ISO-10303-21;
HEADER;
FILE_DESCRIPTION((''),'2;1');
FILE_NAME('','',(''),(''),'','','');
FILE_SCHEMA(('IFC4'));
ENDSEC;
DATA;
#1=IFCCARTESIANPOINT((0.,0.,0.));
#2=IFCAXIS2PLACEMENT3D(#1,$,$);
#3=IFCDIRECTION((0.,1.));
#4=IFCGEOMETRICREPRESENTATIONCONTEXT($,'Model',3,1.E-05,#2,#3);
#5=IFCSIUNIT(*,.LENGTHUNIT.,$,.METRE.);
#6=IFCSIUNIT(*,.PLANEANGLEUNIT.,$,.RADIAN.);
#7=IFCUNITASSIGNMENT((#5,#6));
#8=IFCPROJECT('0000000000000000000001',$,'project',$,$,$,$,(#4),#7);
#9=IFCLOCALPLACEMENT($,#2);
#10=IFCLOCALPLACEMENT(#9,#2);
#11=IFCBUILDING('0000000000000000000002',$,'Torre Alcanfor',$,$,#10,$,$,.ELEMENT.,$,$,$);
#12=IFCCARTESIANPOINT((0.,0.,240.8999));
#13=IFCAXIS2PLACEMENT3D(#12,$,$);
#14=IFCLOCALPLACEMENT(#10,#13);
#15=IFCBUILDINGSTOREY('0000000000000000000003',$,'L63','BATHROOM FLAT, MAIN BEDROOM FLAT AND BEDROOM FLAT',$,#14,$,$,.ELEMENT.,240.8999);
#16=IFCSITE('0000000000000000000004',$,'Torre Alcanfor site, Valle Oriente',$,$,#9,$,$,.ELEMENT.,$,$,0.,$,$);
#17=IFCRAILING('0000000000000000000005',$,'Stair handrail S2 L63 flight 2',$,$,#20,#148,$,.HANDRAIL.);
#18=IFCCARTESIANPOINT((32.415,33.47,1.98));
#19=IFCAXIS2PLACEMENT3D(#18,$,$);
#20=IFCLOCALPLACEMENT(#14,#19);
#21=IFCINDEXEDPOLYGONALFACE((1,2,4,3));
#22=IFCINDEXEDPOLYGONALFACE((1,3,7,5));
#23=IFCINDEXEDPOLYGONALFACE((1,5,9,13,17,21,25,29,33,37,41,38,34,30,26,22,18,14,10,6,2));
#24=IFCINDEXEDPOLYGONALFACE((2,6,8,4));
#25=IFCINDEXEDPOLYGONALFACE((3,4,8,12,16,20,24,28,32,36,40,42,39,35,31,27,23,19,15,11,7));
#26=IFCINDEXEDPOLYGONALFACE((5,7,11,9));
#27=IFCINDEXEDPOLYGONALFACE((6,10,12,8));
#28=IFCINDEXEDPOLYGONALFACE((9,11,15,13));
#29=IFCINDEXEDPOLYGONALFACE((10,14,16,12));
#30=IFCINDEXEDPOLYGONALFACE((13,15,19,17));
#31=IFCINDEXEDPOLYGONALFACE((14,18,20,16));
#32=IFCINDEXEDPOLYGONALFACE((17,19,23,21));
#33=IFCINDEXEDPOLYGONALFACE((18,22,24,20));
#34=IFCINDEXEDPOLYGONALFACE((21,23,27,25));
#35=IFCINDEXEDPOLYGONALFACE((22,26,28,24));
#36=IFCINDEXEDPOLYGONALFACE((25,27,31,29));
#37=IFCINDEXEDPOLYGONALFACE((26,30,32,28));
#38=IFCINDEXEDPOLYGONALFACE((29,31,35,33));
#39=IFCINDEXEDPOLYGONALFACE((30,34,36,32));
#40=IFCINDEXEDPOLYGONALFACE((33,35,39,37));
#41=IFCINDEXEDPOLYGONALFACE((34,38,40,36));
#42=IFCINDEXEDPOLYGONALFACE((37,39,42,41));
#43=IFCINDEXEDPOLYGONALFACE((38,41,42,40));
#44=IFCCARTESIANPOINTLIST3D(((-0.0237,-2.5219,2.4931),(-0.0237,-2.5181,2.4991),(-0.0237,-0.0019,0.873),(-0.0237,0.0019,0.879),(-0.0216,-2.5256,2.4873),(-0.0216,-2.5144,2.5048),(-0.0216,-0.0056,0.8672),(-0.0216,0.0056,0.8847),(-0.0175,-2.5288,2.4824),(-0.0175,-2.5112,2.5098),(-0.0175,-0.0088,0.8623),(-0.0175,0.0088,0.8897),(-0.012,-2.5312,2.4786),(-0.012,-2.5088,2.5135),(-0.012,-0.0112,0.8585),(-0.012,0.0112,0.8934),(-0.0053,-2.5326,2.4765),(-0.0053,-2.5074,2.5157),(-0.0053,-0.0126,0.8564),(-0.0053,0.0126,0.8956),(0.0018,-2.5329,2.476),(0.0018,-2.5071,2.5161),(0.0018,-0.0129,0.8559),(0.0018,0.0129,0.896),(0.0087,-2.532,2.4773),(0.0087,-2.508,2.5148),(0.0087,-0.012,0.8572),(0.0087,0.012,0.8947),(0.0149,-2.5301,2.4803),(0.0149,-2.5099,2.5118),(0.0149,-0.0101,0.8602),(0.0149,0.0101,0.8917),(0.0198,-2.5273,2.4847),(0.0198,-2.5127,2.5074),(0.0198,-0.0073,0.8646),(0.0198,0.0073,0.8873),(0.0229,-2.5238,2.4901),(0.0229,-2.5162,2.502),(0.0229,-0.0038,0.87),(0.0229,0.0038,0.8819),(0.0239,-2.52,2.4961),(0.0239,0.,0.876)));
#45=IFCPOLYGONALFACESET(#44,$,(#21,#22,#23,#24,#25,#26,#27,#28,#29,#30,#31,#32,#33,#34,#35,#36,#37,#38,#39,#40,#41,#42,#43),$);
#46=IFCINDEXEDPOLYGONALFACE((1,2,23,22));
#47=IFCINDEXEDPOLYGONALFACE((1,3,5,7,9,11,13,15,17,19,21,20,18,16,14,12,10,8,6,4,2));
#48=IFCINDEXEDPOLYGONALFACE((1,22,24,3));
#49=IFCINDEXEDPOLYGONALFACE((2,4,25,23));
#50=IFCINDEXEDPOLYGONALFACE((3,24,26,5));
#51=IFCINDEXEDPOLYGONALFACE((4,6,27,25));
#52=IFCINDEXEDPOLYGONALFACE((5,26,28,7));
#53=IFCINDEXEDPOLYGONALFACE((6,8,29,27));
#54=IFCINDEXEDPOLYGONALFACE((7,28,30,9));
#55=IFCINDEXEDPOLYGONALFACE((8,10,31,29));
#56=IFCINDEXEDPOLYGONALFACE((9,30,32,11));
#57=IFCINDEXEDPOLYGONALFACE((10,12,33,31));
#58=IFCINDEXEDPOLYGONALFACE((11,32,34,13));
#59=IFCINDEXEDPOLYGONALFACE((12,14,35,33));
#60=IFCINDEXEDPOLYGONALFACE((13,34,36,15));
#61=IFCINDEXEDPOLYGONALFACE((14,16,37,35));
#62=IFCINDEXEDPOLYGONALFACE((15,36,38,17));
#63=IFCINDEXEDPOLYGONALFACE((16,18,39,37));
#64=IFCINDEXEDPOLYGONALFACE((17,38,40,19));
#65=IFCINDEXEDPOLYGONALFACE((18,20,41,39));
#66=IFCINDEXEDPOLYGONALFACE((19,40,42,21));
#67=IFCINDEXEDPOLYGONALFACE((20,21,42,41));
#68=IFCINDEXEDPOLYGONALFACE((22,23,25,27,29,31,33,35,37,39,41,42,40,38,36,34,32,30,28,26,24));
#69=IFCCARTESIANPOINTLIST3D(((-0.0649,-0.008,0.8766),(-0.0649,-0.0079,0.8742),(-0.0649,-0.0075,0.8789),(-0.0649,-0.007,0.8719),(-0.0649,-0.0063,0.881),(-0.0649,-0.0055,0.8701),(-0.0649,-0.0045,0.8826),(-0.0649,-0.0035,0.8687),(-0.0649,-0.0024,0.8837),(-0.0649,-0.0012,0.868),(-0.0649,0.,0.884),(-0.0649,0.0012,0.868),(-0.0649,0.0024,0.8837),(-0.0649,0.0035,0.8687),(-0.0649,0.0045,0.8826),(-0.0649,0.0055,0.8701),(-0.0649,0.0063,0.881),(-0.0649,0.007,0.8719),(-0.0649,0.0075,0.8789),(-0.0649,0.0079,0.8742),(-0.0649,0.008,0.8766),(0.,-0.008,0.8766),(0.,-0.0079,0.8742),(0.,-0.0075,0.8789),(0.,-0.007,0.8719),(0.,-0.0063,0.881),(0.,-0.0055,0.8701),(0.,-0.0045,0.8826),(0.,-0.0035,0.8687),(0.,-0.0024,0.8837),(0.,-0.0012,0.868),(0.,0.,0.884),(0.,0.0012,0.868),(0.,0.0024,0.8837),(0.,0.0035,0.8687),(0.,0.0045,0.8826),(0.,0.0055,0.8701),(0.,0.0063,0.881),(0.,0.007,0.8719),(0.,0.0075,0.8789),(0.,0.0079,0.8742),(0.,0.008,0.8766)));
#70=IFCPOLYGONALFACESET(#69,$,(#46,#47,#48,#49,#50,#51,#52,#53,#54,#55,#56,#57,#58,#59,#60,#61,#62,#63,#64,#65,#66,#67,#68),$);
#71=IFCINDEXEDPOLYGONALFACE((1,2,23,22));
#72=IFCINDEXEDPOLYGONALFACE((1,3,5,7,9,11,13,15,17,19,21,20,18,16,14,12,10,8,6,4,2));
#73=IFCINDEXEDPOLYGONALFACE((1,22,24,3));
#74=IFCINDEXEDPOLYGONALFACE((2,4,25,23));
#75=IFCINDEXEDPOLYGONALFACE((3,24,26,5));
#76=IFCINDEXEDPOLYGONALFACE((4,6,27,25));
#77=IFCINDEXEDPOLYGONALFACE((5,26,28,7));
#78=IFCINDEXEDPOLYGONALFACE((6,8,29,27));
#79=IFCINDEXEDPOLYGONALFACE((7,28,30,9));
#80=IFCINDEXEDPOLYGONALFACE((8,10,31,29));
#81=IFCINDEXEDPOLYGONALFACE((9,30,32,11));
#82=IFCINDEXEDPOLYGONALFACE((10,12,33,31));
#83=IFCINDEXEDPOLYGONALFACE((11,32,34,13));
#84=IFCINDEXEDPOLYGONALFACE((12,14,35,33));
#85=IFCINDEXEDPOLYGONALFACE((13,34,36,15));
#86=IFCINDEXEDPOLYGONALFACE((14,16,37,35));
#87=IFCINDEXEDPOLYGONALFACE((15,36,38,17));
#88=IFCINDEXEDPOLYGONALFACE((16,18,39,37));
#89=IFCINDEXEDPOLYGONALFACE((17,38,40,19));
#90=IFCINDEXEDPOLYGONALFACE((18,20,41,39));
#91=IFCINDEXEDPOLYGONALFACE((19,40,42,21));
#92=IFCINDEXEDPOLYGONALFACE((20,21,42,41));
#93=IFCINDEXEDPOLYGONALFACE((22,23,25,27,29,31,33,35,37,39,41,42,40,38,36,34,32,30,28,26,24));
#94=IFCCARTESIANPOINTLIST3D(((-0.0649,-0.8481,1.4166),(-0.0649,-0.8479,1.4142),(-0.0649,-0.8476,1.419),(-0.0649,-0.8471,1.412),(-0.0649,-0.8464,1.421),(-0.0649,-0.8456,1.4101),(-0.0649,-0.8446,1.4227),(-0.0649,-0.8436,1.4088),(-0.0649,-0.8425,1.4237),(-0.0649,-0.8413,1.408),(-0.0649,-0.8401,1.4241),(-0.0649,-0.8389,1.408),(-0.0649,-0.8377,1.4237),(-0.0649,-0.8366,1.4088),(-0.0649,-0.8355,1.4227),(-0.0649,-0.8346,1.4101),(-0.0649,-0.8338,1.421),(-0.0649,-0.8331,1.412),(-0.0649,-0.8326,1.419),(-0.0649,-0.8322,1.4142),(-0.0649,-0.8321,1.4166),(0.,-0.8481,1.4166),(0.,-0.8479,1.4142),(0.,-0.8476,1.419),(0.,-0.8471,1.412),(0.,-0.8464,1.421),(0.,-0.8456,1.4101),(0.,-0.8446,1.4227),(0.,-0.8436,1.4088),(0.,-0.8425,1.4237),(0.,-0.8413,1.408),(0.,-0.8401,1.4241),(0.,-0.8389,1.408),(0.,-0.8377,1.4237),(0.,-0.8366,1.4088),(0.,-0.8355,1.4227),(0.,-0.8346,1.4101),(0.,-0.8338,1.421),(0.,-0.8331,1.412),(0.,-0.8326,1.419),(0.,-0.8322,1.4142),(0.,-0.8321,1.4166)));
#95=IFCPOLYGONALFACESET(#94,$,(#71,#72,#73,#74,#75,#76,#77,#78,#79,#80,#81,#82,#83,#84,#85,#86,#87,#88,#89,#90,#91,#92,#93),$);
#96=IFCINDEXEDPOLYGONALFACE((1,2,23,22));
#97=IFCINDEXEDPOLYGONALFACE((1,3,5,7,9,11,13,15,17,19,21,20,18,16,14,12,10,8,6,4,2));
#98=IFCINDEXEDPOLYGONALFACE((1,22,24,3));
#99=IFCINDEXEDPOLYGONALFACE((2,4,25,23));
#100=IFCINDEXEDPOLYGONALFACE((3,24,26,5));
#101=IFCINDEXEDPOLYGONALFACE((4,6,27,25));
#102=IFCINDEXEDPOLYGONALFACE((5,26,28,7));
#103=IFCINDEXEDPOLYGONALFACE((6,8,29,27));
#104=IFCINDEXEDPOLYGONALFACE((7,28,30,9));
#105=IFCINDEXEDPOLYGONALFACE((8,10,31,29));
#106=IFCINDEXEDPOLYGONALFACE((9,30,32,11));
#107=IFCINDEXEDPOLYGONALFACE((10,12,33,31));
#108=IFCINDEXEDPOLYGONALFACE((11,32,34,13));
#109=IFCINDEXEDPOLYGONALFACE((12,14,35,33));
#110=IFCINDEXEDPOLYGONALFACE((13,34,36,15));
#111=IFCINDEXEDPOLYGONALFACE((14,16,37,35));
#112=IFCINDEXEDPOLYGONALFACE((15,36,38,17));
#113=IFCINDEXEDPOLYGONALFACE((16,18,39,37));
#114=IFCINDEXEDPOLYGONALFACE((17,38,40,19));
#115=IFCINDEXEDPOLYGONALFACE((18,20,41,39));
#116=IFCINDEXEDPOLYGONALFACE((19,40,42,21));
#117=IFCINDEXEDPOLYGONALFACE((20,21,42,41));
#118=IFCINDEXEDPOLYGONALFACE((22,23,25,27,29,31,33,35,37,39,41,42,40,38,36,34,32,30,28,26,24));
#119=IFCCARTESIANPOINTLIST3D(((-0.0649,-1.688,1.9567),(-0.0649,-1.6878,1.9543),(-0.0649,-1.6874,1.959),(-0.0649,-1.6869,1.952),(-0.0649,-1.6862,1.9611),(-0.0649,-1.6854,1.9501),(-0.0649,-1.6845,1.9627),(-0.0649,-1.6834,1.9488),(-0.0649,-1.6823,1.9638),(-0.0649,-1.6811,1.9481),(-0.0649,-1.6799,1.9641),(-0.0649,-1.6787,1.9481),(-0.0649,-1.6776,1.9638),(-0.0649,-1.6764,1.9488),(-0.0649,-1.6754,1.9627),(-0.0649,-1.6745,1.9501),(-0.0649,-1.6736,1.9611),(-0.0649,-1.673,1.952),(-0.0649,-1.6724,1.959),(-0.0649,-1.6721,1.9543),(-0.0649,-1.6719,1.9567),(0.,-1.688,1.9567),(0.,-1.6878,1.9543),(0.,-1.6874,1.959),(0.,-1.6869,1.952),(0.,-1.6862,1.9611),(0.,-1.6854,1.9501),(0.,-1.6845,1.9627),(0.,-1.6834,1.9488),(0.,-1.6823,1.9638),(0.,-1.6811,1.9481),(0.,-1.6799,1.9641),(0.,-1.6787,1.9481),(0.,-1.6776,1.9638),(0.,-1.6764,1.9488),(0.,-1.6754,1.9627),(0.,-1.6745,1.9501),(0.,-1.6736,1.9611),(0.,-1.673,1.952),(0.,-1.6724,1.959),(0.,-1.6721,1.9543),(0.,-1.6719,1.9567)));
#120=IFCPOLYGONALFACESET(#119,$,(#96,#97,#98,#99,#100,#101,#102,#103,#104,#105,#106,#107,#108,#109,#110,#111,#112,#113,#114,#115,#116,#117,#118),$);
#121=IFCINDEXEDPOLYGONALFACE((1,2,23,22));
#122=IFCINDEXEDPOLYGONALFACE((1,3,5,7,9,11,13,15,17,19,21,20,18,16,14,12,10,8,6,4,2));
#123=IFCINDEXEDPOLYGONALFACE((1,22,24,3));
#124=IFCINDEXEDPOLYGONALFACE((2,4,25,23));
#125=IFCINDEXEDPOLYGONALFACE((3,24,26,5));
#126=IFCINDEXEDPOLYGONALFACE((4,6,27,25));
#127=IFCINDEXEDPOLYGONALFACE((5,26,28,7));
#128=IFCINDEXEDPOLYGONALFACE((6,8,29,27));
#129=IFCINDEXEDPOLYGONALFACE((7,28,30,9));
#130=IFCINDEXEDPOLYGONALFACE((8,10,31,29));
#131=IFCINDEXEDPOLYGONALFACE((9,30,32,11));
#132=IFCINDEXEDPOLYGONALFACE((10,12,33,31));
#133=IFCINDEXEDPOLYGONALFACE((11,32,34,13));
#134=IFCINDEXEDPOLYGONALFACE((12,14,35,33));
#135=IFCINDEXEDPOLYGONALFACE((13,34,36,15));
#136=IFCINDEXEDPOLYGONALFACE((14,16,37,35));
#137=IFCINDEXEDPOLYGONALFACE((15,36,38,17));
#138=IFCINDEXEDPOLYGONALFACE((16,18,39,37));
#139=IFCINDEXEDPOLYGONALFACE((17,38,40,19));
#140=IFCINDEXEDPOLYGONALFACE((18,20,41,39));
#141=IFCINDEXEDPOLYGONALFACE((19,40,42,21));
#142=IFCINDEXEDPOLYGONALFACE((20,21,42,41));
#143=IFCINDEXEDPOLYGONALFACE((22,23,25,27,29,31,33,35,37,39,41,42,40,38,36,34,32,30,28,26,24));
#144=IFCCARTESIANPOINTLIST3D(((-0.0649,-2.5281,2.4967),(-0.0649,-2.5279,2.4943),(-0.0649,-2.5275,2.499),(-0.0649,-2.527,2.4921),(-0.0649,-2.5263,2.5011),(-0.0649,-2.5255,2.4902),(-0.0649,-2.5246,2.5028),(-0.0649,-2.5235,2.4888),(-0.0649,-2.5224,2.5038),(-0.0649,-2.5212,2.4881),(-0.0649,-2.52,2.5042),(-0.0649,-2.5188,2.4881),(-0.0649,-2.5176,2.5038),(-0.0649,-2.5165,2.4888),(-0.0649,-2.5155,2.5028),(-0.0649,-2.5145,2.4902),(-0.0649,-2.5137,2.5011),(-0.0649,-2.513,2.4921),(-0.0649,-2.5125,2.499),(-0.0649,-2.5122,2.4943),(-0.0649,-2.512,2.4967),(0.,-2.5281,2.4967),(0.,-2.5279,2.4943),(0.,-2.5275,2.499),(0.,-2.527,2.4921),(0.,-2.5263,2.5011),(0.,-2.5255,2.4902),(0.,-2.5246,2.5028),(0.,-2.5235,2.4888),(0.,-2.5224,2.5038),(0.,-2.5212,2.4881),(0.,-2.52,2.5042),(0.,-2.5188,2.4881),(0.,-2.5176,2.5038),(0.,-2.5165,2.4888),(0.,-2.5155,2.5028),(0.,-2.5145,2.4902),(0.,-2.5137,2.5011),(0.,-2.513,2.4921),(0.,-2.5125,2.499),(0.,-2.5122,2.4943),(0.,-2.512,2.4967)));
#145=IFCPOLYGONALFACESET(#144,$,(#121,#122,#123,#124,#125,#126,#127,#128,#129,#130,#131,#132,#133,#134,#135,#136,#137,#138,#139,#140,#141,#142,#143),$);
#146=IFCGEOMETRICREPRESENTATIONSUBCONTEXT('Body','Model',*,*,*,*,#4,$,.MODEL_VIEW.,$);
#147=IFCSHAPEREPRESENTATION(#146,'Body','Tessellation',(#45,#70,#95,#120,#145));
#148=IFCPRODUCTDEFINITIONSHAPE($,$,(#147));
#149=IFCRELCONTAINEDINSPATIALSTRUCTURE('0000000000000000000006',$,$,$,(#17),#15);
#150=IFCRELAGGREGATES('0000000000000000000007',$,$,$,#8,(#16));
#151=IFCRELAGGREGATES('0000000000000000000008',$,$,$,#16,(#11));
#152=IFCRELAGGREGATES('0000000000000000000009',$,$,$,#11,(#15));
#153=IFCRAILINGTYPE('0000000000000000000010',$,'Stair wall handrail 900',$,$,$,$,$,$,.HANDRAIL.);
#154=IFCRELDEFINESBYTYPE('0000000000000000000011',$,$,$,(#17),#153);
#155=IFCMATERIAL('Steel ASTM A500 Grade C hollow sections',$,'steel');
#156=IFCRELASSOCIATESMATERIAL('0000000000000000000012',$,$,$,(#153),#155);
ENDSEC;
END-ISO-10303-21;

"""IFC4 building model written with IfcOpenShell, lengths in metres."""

from ifc_helpers import new_model, si_unit, direction, frame, origin, origin_2d, place, context, subcontext, project, spatial, circle, extrude, material, type_object, element, save


model = new_model("IFC4")

# Units and contexts
model_context = context("Model", 3, precision=1e-05, world=origin(), true_north=direction((0.0, 1.0)))
body_context = subcontext(model_context, "Body", "Model", "MODEL_VIEW")
ifc_project = project(units=[si_unit("LENGTHUNIT", "METRE"), si_unit("PLANEANGLEUNIT", "RADIAN")], contexts=[model_context])

# Site, building, storey
site_placement = place(None, origin())
site = spatial("IfcSite", under=ifc_project, at=site_placement, Name="Torre Alcanfor site, Valle Oriente", CompositionType="ELEMENT", RefElevation=0.0)
building_placement = place(site_placement, origin())
building = spatial("IfcBuilding", under=site, at=building_placement, Name="Torre Alcanfor", CompositionType="ELEMENT")
storey_placement = place(building_placement, frame((0.0, 0.0, 240.8999)))
storey = spatial("IfcBuildingStorey", under=building, at=storey_placement, Name="L63", Description="BATHROOM FLAT, MAIN BEDROOM FLAT AND BEDROOM FLAT", CompositionType="ELEMENT", Elevation=240.8999)

# Railing
ifc_material_1 = material(Name="Steel ASTM A500 Grade C hollow sections", Category="steel")
railing_type_1 = type_object("IfcRailingType", Name="Stair wall handrail 900", PredefinedType="HANDRAIL", material=ifc_material_1)
railing_1_placement = place(storey_placement, frame((32.415, 33.47, 1.98)))
element("IfcRailing", 1, at=railing_1_placement, inside=storey, type_object=railing_type_1, Name="Stair handrail S2 L63 flight 2", PredefinedType="HANDRAIL", context=body_context, shape_type="SweptSolid", body=[
    extrude(circle(Radius=0.0239, at=origin_2d()), frame((0.0, 0.0, 0.876), z_axis=(0.0, -0.841163, 0.540782), x_axis=(1.0, 0.0, 0.0)), (0.0, 0.0, 1.0), 2.9958),
    extrude(circle(Radius=0.0081, at=origin_2d()), frame((0.0, 0.0, 0.876), z_axis=(-1.0, 0.0, 0.0), x_axis=(0.0, 0.0, 1.0)), (0.0, 0.0, 1.0), 0.0649),
    extrude(circle(Radius=0.0081, at=origin_2d()), frame((0.0, -0.8401, 1.416), z_axis=(-1.0, 0.0, 0.0), x_axis=(0.0, 0.0, 1.0)), (0.0, 0.0, 1.0), 0.0649),
    extrude(circle(Radius=0.0081, at=origin_2d()), frame((0.0, -1.6799, 1.9561), z_axis=(-1.0, 0.0, 0.0), x_axis=(0.0, 0.0, 1.0)), (0.0, 0.0, 1.0), 0.0649),
    extrude(circle(Radius=0.0081, at=origin_2d()), frame((0.0, -2.52, 2.4961), z_axis=(-1.0, 0.0, 0.0), x_axis=(0.0, 0.0, 1.0)), (0.0, 0.0, 1.0), 0.0649),
])

save(model, "model.ifc")
